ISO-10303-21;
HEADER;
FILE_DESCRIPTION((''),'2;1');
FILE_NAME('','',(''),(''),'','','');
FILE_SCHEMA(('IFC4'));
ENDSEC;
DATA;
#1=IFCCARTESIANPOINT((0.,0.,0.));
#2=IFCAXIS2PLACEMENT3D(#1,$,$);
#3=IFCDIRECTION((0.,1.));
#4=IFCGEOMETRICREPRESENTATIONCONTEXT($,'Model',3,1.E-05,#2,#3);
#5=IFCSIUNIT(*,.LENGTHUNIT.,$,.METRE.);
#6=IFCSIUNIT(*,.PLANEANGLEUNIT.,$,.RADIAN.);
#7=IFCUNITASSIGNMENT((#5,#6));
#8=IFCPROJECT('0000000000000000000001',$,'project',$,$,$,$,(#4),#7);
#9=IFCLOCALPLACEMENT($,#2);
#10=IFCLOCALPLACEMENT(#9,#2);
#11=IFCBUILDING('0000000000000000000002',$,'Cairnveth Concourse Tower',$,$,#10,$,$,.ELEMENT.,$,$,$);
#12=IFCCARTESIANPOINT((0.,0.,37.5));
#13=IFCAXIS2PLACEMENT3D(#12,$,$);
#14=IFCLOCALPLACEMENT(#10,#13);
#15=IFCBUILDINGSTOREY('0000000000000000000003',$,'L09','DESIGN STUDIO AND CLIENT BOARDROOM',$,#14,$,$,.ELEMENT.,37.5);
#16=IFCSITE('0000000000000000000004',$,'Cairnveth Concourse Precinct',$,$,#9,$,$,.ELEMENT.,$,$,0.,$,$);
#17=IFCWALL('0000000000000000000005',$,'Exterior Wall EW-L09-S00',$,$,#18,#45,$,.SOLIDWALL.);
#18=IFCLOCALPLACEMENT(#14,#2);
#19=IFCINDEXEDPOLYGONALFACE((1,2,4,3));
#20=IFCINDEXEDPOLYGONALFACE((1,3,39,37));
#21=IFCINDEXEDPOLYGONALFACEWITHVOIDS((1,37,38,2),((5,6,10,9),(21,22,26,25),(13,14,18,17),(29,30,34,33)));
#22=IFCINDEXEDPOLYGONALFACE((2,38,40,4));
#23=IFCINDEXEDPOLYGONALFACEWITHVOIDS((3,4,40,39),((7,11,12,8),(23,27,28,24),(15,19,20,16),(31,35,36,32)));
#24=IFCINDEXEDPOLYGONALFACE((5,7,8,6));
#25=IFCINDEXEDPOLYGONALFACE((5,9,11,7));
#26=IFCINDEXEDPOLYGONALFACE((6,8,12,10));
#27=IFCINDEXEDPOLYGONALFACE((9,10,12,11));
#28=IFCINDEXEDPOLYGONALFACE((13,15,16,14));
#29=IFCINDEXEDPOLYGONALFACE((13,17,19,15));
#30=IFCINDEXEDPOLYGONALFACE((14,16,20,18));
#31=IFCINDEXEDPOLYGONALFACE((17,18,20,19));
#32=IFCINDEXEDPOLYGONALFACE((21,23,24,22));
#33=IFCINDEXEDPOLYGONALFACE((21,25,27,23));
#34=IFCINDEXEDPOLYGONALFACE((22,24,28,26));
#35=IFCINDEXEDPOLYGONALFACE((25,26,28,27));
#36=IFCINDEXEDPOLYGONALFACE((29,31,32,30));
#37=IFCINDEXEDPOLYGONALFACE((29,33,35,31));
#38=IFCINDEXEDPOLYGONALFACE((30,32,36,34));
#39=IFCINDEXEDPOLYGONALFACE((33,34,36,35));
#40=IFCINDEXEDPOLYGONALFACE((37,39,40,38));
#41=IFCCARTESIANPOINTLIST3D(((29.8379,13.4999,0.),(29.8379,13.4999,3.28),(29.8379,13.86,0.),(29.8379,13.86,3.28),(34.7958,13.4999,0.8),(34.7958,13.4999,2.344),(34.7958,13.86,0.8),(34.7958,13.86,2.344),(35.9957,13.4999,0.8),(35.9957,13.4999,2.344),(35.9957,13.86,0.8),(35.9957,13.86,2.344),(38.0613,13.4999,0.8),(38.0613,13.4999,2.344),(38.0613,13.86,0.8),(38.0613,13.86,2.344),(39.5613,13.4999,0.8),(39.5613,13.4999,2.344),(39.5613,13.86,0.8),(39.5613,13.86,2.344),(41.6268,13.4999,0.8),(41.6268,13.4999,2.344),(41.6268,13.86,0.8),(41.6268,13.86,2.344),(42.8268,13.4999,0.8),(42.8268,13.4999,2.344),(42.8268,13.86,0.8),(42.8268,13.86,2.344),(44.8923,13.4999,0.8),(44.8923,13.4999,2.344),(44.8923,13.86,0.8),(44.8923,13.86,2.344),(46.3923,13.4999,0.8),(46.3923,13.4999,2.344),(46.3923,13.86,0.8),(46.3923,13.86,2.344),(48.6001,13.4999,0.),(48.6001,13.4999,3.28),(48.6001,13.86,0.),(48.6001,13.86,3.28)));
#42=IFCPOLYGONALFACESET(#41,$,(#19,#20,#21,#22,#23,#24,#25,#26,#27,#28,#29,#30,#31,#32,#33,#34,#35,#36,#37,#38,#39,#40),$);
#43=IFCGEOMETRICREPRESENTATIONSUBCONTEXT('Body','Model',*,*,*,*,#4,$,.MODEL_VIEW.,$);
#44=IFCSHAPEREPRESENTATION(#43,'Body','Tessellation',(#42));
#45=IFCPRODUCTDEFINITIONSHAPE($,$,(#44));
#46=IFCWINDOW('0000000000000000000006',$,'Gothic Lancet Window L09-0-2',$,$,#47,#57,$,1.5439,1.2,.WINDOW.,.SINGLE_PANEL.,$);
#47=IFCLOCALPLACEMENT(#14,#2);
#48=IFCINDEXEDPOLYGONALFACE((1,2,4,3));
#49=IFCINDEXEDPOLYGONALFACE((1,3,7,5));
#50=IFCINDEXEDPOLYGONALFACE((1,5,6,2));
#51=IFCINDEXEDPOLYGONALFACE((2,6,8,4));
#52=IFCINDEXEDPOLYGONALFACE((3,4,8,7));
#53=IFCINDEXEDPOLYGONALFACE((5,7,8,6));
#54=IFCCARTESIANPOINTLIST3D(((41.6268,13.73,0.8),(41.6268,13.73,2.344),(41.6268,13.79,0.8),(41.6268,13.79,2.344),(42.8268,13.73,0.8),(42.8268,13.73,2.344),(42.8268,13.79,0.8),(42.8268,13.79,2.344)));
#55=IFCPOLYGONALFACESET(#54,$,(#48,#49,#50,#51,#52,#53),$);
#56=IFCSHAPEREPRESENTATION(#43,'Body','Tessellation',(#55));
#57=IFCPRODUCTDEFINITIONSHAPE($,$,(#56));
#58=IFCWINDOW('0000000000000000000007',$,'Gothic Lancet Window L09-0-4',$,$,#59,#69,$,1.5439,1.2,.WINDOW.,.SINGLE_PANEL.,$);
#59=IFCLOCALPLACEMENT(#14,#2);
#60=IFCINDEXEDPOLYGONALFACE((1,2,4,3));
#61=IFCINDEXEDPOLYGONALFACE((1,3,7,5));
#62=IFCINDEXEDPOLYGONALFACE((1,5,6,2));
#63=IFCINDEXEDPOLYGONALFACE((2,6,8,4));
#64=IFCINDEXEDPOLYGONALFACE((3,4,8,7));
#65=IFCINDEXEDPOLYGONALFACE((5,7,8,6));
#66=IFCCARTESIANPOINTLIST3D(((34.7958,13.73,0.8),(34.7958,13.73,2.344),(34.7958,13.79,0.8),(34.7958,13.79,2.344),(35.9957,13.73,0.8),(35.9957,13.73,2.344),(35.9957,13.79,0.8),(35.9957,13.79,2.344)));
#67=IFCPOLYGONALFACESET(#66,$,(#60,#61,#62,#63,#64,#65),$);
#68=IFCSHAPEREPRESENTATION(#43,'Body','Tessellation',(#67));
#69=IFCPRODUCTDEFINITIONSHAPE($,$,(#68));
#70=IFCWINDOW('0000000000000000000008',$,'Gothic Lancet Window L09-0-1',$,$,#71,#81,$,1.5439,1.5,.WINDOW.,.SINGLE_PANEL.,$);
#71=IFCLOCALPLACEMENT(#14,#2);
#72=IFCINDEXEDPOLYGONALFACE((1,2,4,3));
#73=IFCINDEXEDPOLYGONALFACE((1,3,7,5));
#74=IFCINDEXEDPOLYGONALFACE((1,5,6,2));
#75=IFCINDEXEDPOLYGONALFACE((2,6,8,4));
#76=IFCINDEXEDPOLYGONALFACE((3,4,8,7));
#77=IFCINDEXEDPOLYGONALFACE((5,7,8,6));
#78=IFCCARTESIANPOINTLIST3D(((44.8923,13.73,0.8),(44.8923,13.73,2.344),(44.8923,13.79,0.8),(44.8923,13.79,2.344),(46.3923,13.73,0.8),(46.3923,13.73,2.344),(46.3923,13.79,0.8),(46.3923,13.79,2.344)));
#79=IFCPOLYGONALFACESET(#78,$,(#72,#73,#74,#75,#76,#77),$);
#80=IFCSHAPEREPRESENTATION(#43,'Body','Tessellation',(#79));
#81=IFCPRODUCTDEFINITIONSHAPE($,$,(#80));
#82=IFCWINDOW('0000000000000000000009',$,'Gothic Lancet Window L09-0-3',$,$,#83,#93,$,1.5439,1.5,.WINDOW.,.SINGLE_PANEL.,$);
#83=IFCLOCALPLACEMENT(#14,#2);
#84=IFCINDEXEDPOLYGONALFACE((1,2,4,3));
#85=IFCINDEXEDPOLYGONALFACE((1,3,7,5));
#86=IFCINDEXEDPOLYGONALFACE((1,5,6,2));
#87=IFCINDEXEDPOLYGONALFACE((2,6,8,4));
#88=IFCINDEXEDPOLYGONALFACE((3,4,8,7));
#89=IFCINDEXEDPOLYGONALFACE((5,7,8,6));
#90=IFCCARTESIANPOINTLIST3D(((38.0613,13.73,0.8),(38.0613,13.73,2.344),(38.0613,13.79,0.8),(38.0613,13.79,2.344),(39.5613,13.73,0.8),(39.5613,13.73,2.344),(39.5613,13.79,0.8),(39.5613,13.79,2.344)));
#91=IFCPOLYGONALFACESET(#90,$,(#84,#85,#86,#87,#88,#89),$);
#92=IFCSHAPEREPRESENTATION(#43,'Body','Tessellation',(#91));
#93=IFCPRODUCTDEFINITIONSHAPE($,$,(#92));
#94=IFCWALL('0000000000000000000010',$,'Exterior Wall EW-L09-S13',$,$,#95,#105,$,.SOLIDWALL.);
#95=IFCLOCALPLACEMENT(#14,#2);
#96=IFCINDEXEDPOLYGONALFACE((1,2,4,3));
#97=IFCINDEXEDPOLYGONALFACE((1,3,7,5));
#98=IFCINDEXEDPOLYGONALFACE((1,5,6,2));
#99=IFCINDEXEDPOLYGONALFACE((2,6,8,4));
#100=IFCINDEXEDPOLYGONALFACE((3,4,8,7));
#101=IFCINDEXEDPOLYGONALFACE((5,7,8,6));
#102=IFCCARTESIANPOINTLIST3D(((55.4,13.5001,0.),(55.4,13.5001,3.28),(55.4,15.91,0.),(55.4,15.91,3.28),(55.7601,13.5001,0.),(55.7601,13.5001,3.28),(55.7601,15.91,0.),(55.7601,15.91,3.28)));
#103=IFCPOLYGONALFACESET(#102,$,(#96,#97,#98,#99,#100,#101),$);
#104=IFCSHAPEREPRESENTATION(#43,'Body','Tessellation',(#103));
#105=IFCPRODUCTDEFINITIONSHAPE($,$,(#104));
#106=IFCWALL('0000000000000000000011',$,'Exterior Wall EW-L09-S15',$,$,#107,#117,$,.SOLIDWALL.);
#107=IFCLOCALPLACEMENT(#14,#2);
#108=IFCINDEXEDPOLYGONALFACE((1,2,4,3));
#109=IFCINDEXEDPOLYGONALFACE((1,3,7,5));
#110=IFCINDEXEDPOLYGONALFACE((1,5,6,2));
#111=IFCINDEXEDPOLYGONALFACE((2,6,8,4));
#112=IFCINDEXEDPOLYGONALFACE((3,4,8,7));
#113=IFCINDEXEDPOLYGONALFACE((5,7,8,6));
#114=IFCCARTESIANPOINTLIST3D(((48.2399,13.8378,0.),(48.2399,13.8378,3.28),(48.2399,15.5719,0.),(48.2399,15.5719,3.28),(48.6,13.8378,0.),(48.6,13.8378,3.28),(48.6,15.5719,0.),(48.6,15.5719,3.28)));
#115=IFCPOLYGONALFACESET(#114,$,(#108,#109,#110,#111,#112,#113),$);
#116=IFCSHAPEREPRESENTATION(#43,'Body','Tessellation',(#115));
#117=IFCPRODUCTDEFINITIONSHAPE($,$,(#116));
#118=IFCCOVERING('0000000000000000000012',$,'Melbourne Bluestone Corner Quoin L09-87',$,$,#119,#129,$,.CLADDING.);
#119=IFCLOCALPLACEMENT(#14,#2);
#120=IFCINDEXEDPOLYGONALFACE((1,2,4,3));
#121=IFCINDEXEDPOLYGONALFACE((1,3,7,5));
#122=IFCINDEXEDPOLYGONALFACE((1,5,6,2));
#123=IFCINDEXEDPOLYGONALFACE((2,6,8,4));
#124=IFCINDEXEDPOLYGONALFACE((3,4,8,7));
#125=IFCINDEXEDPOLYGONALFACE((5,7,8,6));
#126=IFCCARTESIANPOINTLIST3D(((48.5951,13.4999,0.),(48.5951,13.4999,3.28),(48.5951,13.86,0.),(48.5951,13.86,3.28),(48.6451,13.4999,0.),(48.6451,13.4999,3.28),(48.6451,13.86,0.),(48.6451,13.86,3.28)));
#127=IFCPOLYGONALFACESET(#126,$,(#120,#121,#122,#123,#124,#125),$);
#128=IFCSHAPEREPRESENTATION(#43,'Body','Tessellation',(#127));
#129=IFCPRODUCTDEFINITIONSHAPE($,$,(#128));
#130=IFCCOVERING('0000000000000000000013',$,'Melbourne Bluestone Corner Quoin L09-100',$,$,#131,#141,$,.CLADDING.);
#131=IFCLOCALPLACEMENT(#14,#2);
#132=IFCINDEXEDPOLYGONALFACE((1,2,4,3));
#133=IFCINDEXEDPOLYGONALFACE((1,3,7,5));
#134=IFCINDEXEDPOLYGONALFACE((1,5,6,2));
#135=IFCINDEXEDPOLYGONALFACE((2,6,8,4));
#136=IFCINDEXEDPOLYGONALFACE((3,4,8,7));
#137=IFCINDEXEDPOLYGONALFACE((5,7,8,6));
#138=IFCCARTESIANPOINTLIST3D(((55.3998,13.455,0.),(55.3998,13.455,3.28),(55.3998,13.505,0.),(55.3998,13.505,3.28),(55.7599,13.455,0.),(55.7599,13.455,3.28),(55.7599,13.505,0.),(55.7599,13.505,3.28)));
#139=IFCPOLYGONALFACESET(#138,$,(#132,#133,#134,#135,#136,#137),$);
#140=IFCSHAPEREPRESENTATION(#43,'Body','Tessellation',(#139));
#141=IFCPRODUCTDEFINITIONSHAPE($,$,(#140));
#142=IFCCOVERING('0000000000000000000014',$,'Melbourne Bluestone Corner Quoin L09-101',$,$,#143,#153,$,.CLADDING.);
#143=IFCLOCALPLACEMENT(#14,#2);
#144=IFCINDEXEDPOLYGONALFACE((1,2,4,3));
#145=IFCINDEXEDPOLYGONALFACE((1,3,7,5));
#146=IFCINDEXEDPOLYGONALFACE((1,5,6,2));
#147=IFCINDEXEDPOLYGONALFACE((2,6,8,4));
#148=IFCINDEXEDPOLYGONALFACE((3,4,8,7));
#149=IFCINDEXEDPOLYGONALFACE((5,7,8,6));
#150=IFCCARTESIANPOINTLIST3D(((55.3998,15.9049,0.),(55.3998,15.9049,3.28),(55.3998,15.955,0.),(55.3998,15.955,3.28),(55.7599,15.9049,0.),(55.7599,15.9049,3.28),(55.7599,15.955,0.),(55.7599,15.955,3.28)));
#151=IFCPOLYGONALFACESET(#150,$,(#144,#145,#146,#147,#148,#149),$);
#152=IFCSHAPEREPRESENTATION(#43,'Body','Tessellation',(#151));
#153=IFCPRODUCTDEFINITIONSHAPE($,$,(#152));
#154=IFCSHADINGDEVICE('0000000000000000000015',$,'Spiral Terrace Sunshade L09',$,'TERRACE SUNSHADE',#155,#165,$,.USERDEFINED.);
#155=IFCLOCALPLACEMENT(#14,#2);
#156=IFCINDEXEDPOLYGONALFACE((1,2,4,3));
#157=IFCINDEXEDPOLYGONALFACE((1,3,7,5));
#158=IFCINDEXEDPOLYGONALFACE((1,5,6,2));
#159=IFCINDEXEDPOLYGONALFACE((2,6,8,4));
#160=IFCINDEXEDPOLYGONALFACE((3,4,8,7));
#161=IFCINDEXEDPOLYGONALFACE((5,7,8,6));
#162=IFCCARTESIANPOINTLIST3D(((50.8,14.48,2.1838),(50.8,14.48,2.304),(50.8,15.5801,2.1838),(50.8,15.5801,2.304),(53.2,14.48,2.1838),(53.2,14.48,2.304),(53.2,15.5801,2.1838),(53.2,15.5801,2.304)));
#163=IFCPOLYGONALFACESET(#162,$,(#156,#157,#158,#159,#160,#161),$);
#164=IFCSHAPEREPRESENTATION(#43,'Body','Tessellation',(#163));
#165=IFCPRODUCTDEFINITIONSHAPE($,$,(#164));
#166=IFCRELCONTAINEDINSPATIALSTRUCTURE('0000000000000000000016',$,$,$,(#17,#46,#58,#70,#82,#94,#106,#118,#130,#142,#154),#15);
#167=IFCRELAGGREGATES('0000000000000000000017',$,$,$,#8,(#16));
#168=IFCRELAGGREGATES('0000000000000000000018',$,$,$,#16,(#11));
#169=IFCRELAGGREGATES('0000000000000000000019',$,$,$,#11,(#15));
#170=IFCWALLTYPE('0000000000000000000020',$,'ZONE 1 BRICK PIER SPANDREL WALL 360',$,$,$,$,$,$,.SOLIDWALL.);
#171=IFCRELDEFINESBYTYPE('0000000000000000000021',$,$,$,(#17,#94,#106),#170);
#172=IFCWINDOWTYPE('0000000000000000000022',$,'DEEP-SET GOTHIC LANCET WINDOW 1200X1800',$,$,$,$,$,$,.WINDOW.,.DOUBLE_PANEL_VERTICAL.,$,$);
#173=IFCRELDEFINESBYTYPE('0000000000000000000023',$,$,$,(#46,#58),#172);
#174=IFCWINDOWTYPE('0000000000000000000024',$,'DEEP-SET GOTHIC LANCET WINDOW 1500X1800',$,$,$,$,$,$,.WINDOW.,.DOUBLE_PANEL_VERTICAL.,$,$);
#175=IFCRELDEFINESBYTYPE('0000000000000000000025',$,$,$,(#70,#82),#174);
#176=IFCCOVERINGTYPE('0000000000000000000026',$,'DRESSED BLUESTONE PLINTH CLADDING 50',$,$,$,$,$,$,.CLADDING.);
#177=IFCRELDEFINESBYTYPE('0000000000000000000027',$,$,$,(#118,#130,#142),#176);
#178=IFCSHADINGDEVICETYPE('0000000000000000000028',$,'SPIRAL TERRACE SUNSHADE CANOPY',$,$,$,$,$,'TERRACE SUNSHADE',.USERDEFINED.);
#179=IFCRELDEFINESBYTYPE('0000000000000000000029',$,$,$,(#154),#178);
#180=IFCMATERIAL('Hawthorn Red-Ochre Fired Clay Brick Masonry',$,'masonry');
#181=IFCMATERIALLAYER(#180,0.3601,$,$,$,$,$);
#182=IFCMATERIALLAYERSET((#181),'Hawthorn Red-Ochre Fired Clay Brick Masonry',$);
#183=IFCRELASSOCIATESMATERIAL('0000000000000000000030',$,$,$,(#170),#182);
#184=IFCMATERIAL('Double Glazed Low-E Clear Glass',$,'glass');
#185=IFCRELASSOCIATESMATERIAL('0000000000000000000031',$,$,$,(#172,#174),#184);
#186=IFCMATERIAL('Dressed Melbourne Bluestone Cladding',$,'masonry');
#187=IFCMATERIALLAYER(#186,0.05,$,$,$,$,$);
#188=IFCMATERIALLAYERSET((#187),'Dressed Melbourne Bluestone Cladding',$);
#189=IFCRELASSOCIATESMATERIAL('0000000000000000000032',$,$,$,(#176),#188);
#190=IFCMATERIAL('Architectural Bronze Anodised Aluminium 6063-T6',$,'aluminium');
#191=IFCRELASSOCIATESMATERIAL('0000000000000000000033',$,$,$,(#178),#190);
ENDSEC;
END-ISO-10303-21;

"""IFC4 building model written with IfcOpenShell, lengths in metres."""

from ifc_helpers import new_model, si_unit, direction, frame, frame_2d, origin, origin_2d, place, context, subcontext, project, spatial, rectangle, extrude, material, layer, layer_set, type_object, element, fill, save


model = new_model("IFC4")

# Units and contexts
model_context = context("Model", 3, precision=1e-05, world=origin(), true_north=direction((0.0, 1.0)))
body_context = subcontext(model_context, "Body", "Model", "MODEL_VIEW")
ifc_project = project(units=[si_unit("LENGTHUNIT", "METRE"), si_unit("PLANEANGLEUNIT", "RADIAN")], contexts=[model_context])

# Site, building, storey
site_placement = place(None, origin())
site = spatial("IfcSite", under=ifc_project, at=site_placement, Name="Cairnveth Concourse Precinct", CompositionType="ELEMENT", RefElevation=0.0)
building_placement = place(site_placement, origin())
building = spatial("IfcBuilding", under=site, at=building_placement, Name="Cairnveth Concourse Tower", CompositionType="ELEMENT")
storey_placement = place(building_placement, frame((0.0, 0.0, 37.5)))
storey = spatial("IfcBuildingStorey", under=building, at=storey_placement, Name="L09", Description="DESIGN STUDIO AND CLIENT BOARDROOM", CompositionType="ELEMENT", Elevation=37.5)

# Shared definitions
ifc_material_1 = material(Name="Dressed Melbourne Bluestone Cladding", Category="masonry")

# Wall, openings, windows
ifc_material_2 = material(Name="Hawthorn Red-Ochre Fired Clay Brick Masonry", Category="masonry")
ifc_layer_1 = layer(ifc_material_2, 0.3601)
ifc_layer_set_1 = layer_set([ifc_layer_1], Name="Hawthorn Red-Ochre Fired Clay Brick Masonry")
wall_type_1 = type_object("IfcWallType", Name="ZONE 1 BRICK PIER SPANDREL WALL 360", PredefinedType="SOLIDWALL", material=ifc_layer_set_1)
wall_1_placement = place(storey_placement, frame((48.6001, 13.6799, 0.0), z_axis=(0.0, 0.0, 1.0), x_axis=(-1.0, 0.0, 0.0)))
wall_1 = element("IfcWall", 1, at=wall_1_placement, inside=storey, type_object=wall_type_1, Name="Exterior Wall EW-L09-S00", PredefinedType="SOLIDWALL", context=body_context, shape_type="SweptSolid", body=[
    extrude(rectangle(XDim=18.7622, YDim=0.3601, at=frame_2d((9.3811, 0.0))), origin(), (0.0, 0.0, 1.0), 3.28),
])
opening_1_placement = place(wall_1_placement, frame((2.2078, 0.0, 0.8)))
opening_1 = element("IfcOpeningElement", 2, at=opening_1_placement, cuts=wall_1, PredefinedType="OPENING", context=body_context, shape_type="SweptSolid", body=[
    extrude(rectangle(XDim=1.5, YDim=1.5439, at=frame_2d((0.75, 0.772))), frame((0.0, 0.1899, 0.0), z_axis=(0.0, -1.0, 0.0), x_axis=(1.0, 0.0, 0.0)), (0.0, 0.0, 1.0), 0.3801),
])
opening_2_placement = place(wall_1_placement, frame((5.7732, 0.0, 0.8)))
opening_2 = element("IfcOpeningElement", 3, at=opening_2_placement, cuts=wall_1, PredefinedType="OPENING", context=body_context, shape_type="SweptSolid", body=[
    extrude(rectangle(XDim=1.2, YDim=1.5439, at=frame_2d((0.6001, 0.772))), frame((0.0, 0.1899, 0.0), z_axis=(0.0, -1.0, 0.0), x_axis=(1.0, 0.0, 0.0)), (0.0, 0.0, 1.0), 0.3801),
])
opening_3_placement = place(wall_1_placement, frame((9.0388, 0.0, 0.8)))
opening_3 = element("IfcOpeningElement", 4, at=opening_3_placement, cuts=wall_1, PredefinedType="OPENING", context=body_context, shape_type="SweptSolid", body=[
    extrude(rectangle(XDim=1.5, YDim=1.5439, at=frame_2d((0.75, 0.772))), frame((0.0, 0.1899, 0.0), z_axis=(0.0, -1.0, 0.0), x_axis=(1.0, 0.0, 0.0)), (0.0, 0.0, 1.0), 0.3801),
])
opening_4_placement = place(wall_1_placement, frame((12.6042, 0.0, 0.8)))
opening_4 = element("IfcOpeningElement", 5, at=opening_4_placement, cuts=wall_1, PredefinedType="OPENING", context=body_context, shape_type="SweptSolid", body=[
    extrude(rectangle(XDim=1.2, YDim=1.5439, at=frame_2d((0.6001, 0.772))), frame((0.0, 0.1899, 0.0), z_axis=(0.0, -1.0, 0.0), x_axis=(1.0, 0.0, 0.0)), (0.0, 0.0, 1.0), 0.3801),
])
ifc_material_3 = material(Name="Double Glazed Low-E Clear Glass", Category="glass")
window_type_1 = type_object("IfcWindowType", Name="DEEP-SET GOTHIC LANCET WINDOW 1200X1800", PartitioningType="DOUBLE_PANEL_VERTICAL", PredefinedType="WINDOW", material=ifc_material_3)
window_1_placement = place(opening_2_placement, origin())
window_1 = element("IfcWindow", 6, at=window_1_placement, inside=storey, type_object=window_type_1, Name="Gothic Lancet Window L09-0-2", OverallHeight=1.5439, OverallWidth=1.2, PartitioningType="SINGLE_PANEL", PredefinedType="WINDOW", context=body_context, shape_type="SweptSolid", body=[
    extrude(rectangle(XDim=1.2, YDim=1.5439, at=frame_2d((0.6001, 0.772))), frame((0.0, -0.05, 0.0), z_axis=(0.0, -1.0, 0.0), x_axis=(1.0, 0.0, 0.0)), (0.0, 0.0, 1.0), 0.0601),
])
fill(opening_2, window_1)
window_2_placement = place(opening_4_placement, origin())
window_2 = element("IfcWindow", 7, at=window_2_placement, inside=storey, type_object=window_type_1, Name="Gothic Lancet Window L09-0-4", OverallHeight=1.5439, OverallWidth=1.2, PartitioningType="SINGLE_PANEL", PredefinedType="WINDOW", context=body_context, shape_type="SweptSolid", body=[
    extrude(rectangle(XDim=1.2, YDim=1.5439, at=frame_2d((0.6001, 0.772))), frame((0.0, -0.05, 0.0), z_axis=(0.0, -1.0, 0.0), x_axis=(1.0, 0.0, 0.0)), (0.0, 0.0, 1.0), 0.0601),
])
fill(opening_4, window_2)
window_type_2 = type_object("IfcWindowType", Name="DEEP-SET GOTHIC LANCET WINDOW 1500X1800", PartitioningType="DOUBLE_PANEL_VERTICAL", PredefinedType="WINDOW", material=ifc_material_3)
window_3_placement = place(opening_1_placement, origin())
window_3 = element("IfcWindow", 8, at=window_3_placement, inside=storey, type_object=window_type_2, Name="Gothic Lancet Window L09-0-1", OverallHeight=1.5439, OverallWidth=1.5, PartitioningType="SINGLE_PANEL", PredefinedType="WINDOW", context=body_context, shape_type="SweptSolid", body=[
    extrude(rectangle(XDim=1.5, YDim=1.5439, at=frame_2d((0.75, 0.772))), frame((0.0, -0.05, 0.0), z_axis=(0.0, -1.0, 0.0), x_axis=(1.0, 0.0, 0.0)), (0.0, 0.0, 1.0), 0.0601),
])
fill(opening_1, window_3)
window_4_placement = place(opening_3_placement, origin())
window_4 = element("IfcWindow", 9, at=window_4_placement, inside=storey, type_object=window_type_2, Name="Gothic Lancet Window L09-0-3", OverallHeight=1.5439, OverallWidth=1.5, PartitioningType="SINGLE_PANEL", PredefinedType="WINDOW", context=body_context, shape_type="SweptSolid", body=[
    extrude(rectangle(XDim=1.5, YDim=1.5439, at=frame_2d((0.75, 0.772))), frame((0.0, -0.05, 0.0), z_axis=(0.0, -1.0, 0.0), x_axis=(1.0, 0.0, 0.0)), (0.0, 0.0, 1.0), 0.0601),
])
fill(opening_3, window_4)

# Wall
wall_2_placement = place(storey_placement, frame((55.5801, 13.5, 0.0), z_axis=(0.0, 0.0, 1.0), x_axis=(0.0, 1.0, 0.0)))
element("IfcWall", 10, at=wall_2_placement, inside=storey, type_object=wall_type_1, Name="Exterior Wall EW-L09-S13", PredefinedType="SOLIDWALL", context=body_context, shape_type="SweptSolid", body=[
    extrude(rectangle(XDim=2.4099, YDim=0.3601, at=frame_2d((1.2051, 0.0))), origin(), (0.0, 0.0, 1.0), 3.28),
])

# Shared definitions
ifc_material_4 = material(Name="Architectural Bronze Anodised Aluminium 6063-T6", Category="aluminium")

# Wall
wall_3_placement = place(storey_placement, frame((48.4199, 15.572, 0.0), z_axis=(0.0, 0.0, 1.0), x_axis=(0.0, -1.0, 0.0)))
element("IfcWall", 11, at=wall_3_placement, inside=storey, type_object=wall_type_1, Name="Exterior Wall EW-L09-S15", PredefinedType="SOLIDWALL", context=body_context, shape_type="SweptSolid", body=[
    extrude(rectangle(XDim=1.7341, YDim=0.3601, at=frame_2d((0.8672, 0.0))), origin(), (0.0, 0.0, 1.0), 3.28),
])

# Coverings
ifc_layer_2 = layer(ifc_material_1, 0.05)
ifc_layer_set_2 = layer_set([ifc_layer_2], Name="Dressed Melbourne Bluestone Cladding")
covering_type = type_object("IfcCoveringType", Name="DRESSED BLUESTONE PLINTH CLADDING 50", PredefinedType="CLADDING", material=ifc_layer_set_2)
for number, where, z_axis, x_axis, name in (
    (12, (48.6201, 13.8601, 0.0), (0.0, 0.0, 1.0), (0.0, -1.0, 0.0), "Melbourne Bluestone Corner Quoin L09-87"),
    (13, (55.76, 13.48, 0.0), (0.0, 0.0, 1.0), (-1.0, 0.0, 0.0), "Melbourne Bluestone Corner Quoin L09-100"),
    (14, (55.76, 15.9299, 0.0), (0.0, 0.0, 1.0), (-1.0, 0.0, 0.0), "Melbourne Bluestone Corner Quoin L09-101"),
):
    element("IfcCovering", number, at=place(storey_placement, frame(where, z_axis=z_axis, x_axis=x_axis)), inside=storey, type_object=covering_type, Name=name, PredefinedType="CLADDING", context=body_context, shape_type="SweptSolid", body=[
        extrude(rectangle(XDim=0.3601, YDim=0.05, at=frame_2d((0.1802, 0.0))), origin(), (0.0, 0.0, 1.0), 3.28),
    ])

# Shading device
shading_device_type = type_object("IfcShadingDeviceType", Name="SPIRAL TERRACE SUNSHADE CANOPY", ElementType="TERRACE SUNSHADE", PredefinedType="USERDEFINED", material=ifc_material_4)
shading_device_placement = place(storey_placement, frame((52.0, 15.03, 2.1838), z_axis=(0.0, 0.0, 1.0), x_axis=(1.0, 0.0, 0.0)))
element("IfcShadingDevice", 15, at=shading_device_placement, inside=storey, type_object=shading_device_type, Name="Spiral Terrace Sunshade L09", ObjectType="TERRACE SUNSHADE", PredefinedType="USERDEFINED", context=body_context, shape_type="SweptSolid", body=[
    extrude(rectangle(XDim=2.3999, YDim=1.1001, at=origin_2d()), origin(), (0.0, 0.0, 1.0), 0.1201),
])

save(model, "model.ifc")
